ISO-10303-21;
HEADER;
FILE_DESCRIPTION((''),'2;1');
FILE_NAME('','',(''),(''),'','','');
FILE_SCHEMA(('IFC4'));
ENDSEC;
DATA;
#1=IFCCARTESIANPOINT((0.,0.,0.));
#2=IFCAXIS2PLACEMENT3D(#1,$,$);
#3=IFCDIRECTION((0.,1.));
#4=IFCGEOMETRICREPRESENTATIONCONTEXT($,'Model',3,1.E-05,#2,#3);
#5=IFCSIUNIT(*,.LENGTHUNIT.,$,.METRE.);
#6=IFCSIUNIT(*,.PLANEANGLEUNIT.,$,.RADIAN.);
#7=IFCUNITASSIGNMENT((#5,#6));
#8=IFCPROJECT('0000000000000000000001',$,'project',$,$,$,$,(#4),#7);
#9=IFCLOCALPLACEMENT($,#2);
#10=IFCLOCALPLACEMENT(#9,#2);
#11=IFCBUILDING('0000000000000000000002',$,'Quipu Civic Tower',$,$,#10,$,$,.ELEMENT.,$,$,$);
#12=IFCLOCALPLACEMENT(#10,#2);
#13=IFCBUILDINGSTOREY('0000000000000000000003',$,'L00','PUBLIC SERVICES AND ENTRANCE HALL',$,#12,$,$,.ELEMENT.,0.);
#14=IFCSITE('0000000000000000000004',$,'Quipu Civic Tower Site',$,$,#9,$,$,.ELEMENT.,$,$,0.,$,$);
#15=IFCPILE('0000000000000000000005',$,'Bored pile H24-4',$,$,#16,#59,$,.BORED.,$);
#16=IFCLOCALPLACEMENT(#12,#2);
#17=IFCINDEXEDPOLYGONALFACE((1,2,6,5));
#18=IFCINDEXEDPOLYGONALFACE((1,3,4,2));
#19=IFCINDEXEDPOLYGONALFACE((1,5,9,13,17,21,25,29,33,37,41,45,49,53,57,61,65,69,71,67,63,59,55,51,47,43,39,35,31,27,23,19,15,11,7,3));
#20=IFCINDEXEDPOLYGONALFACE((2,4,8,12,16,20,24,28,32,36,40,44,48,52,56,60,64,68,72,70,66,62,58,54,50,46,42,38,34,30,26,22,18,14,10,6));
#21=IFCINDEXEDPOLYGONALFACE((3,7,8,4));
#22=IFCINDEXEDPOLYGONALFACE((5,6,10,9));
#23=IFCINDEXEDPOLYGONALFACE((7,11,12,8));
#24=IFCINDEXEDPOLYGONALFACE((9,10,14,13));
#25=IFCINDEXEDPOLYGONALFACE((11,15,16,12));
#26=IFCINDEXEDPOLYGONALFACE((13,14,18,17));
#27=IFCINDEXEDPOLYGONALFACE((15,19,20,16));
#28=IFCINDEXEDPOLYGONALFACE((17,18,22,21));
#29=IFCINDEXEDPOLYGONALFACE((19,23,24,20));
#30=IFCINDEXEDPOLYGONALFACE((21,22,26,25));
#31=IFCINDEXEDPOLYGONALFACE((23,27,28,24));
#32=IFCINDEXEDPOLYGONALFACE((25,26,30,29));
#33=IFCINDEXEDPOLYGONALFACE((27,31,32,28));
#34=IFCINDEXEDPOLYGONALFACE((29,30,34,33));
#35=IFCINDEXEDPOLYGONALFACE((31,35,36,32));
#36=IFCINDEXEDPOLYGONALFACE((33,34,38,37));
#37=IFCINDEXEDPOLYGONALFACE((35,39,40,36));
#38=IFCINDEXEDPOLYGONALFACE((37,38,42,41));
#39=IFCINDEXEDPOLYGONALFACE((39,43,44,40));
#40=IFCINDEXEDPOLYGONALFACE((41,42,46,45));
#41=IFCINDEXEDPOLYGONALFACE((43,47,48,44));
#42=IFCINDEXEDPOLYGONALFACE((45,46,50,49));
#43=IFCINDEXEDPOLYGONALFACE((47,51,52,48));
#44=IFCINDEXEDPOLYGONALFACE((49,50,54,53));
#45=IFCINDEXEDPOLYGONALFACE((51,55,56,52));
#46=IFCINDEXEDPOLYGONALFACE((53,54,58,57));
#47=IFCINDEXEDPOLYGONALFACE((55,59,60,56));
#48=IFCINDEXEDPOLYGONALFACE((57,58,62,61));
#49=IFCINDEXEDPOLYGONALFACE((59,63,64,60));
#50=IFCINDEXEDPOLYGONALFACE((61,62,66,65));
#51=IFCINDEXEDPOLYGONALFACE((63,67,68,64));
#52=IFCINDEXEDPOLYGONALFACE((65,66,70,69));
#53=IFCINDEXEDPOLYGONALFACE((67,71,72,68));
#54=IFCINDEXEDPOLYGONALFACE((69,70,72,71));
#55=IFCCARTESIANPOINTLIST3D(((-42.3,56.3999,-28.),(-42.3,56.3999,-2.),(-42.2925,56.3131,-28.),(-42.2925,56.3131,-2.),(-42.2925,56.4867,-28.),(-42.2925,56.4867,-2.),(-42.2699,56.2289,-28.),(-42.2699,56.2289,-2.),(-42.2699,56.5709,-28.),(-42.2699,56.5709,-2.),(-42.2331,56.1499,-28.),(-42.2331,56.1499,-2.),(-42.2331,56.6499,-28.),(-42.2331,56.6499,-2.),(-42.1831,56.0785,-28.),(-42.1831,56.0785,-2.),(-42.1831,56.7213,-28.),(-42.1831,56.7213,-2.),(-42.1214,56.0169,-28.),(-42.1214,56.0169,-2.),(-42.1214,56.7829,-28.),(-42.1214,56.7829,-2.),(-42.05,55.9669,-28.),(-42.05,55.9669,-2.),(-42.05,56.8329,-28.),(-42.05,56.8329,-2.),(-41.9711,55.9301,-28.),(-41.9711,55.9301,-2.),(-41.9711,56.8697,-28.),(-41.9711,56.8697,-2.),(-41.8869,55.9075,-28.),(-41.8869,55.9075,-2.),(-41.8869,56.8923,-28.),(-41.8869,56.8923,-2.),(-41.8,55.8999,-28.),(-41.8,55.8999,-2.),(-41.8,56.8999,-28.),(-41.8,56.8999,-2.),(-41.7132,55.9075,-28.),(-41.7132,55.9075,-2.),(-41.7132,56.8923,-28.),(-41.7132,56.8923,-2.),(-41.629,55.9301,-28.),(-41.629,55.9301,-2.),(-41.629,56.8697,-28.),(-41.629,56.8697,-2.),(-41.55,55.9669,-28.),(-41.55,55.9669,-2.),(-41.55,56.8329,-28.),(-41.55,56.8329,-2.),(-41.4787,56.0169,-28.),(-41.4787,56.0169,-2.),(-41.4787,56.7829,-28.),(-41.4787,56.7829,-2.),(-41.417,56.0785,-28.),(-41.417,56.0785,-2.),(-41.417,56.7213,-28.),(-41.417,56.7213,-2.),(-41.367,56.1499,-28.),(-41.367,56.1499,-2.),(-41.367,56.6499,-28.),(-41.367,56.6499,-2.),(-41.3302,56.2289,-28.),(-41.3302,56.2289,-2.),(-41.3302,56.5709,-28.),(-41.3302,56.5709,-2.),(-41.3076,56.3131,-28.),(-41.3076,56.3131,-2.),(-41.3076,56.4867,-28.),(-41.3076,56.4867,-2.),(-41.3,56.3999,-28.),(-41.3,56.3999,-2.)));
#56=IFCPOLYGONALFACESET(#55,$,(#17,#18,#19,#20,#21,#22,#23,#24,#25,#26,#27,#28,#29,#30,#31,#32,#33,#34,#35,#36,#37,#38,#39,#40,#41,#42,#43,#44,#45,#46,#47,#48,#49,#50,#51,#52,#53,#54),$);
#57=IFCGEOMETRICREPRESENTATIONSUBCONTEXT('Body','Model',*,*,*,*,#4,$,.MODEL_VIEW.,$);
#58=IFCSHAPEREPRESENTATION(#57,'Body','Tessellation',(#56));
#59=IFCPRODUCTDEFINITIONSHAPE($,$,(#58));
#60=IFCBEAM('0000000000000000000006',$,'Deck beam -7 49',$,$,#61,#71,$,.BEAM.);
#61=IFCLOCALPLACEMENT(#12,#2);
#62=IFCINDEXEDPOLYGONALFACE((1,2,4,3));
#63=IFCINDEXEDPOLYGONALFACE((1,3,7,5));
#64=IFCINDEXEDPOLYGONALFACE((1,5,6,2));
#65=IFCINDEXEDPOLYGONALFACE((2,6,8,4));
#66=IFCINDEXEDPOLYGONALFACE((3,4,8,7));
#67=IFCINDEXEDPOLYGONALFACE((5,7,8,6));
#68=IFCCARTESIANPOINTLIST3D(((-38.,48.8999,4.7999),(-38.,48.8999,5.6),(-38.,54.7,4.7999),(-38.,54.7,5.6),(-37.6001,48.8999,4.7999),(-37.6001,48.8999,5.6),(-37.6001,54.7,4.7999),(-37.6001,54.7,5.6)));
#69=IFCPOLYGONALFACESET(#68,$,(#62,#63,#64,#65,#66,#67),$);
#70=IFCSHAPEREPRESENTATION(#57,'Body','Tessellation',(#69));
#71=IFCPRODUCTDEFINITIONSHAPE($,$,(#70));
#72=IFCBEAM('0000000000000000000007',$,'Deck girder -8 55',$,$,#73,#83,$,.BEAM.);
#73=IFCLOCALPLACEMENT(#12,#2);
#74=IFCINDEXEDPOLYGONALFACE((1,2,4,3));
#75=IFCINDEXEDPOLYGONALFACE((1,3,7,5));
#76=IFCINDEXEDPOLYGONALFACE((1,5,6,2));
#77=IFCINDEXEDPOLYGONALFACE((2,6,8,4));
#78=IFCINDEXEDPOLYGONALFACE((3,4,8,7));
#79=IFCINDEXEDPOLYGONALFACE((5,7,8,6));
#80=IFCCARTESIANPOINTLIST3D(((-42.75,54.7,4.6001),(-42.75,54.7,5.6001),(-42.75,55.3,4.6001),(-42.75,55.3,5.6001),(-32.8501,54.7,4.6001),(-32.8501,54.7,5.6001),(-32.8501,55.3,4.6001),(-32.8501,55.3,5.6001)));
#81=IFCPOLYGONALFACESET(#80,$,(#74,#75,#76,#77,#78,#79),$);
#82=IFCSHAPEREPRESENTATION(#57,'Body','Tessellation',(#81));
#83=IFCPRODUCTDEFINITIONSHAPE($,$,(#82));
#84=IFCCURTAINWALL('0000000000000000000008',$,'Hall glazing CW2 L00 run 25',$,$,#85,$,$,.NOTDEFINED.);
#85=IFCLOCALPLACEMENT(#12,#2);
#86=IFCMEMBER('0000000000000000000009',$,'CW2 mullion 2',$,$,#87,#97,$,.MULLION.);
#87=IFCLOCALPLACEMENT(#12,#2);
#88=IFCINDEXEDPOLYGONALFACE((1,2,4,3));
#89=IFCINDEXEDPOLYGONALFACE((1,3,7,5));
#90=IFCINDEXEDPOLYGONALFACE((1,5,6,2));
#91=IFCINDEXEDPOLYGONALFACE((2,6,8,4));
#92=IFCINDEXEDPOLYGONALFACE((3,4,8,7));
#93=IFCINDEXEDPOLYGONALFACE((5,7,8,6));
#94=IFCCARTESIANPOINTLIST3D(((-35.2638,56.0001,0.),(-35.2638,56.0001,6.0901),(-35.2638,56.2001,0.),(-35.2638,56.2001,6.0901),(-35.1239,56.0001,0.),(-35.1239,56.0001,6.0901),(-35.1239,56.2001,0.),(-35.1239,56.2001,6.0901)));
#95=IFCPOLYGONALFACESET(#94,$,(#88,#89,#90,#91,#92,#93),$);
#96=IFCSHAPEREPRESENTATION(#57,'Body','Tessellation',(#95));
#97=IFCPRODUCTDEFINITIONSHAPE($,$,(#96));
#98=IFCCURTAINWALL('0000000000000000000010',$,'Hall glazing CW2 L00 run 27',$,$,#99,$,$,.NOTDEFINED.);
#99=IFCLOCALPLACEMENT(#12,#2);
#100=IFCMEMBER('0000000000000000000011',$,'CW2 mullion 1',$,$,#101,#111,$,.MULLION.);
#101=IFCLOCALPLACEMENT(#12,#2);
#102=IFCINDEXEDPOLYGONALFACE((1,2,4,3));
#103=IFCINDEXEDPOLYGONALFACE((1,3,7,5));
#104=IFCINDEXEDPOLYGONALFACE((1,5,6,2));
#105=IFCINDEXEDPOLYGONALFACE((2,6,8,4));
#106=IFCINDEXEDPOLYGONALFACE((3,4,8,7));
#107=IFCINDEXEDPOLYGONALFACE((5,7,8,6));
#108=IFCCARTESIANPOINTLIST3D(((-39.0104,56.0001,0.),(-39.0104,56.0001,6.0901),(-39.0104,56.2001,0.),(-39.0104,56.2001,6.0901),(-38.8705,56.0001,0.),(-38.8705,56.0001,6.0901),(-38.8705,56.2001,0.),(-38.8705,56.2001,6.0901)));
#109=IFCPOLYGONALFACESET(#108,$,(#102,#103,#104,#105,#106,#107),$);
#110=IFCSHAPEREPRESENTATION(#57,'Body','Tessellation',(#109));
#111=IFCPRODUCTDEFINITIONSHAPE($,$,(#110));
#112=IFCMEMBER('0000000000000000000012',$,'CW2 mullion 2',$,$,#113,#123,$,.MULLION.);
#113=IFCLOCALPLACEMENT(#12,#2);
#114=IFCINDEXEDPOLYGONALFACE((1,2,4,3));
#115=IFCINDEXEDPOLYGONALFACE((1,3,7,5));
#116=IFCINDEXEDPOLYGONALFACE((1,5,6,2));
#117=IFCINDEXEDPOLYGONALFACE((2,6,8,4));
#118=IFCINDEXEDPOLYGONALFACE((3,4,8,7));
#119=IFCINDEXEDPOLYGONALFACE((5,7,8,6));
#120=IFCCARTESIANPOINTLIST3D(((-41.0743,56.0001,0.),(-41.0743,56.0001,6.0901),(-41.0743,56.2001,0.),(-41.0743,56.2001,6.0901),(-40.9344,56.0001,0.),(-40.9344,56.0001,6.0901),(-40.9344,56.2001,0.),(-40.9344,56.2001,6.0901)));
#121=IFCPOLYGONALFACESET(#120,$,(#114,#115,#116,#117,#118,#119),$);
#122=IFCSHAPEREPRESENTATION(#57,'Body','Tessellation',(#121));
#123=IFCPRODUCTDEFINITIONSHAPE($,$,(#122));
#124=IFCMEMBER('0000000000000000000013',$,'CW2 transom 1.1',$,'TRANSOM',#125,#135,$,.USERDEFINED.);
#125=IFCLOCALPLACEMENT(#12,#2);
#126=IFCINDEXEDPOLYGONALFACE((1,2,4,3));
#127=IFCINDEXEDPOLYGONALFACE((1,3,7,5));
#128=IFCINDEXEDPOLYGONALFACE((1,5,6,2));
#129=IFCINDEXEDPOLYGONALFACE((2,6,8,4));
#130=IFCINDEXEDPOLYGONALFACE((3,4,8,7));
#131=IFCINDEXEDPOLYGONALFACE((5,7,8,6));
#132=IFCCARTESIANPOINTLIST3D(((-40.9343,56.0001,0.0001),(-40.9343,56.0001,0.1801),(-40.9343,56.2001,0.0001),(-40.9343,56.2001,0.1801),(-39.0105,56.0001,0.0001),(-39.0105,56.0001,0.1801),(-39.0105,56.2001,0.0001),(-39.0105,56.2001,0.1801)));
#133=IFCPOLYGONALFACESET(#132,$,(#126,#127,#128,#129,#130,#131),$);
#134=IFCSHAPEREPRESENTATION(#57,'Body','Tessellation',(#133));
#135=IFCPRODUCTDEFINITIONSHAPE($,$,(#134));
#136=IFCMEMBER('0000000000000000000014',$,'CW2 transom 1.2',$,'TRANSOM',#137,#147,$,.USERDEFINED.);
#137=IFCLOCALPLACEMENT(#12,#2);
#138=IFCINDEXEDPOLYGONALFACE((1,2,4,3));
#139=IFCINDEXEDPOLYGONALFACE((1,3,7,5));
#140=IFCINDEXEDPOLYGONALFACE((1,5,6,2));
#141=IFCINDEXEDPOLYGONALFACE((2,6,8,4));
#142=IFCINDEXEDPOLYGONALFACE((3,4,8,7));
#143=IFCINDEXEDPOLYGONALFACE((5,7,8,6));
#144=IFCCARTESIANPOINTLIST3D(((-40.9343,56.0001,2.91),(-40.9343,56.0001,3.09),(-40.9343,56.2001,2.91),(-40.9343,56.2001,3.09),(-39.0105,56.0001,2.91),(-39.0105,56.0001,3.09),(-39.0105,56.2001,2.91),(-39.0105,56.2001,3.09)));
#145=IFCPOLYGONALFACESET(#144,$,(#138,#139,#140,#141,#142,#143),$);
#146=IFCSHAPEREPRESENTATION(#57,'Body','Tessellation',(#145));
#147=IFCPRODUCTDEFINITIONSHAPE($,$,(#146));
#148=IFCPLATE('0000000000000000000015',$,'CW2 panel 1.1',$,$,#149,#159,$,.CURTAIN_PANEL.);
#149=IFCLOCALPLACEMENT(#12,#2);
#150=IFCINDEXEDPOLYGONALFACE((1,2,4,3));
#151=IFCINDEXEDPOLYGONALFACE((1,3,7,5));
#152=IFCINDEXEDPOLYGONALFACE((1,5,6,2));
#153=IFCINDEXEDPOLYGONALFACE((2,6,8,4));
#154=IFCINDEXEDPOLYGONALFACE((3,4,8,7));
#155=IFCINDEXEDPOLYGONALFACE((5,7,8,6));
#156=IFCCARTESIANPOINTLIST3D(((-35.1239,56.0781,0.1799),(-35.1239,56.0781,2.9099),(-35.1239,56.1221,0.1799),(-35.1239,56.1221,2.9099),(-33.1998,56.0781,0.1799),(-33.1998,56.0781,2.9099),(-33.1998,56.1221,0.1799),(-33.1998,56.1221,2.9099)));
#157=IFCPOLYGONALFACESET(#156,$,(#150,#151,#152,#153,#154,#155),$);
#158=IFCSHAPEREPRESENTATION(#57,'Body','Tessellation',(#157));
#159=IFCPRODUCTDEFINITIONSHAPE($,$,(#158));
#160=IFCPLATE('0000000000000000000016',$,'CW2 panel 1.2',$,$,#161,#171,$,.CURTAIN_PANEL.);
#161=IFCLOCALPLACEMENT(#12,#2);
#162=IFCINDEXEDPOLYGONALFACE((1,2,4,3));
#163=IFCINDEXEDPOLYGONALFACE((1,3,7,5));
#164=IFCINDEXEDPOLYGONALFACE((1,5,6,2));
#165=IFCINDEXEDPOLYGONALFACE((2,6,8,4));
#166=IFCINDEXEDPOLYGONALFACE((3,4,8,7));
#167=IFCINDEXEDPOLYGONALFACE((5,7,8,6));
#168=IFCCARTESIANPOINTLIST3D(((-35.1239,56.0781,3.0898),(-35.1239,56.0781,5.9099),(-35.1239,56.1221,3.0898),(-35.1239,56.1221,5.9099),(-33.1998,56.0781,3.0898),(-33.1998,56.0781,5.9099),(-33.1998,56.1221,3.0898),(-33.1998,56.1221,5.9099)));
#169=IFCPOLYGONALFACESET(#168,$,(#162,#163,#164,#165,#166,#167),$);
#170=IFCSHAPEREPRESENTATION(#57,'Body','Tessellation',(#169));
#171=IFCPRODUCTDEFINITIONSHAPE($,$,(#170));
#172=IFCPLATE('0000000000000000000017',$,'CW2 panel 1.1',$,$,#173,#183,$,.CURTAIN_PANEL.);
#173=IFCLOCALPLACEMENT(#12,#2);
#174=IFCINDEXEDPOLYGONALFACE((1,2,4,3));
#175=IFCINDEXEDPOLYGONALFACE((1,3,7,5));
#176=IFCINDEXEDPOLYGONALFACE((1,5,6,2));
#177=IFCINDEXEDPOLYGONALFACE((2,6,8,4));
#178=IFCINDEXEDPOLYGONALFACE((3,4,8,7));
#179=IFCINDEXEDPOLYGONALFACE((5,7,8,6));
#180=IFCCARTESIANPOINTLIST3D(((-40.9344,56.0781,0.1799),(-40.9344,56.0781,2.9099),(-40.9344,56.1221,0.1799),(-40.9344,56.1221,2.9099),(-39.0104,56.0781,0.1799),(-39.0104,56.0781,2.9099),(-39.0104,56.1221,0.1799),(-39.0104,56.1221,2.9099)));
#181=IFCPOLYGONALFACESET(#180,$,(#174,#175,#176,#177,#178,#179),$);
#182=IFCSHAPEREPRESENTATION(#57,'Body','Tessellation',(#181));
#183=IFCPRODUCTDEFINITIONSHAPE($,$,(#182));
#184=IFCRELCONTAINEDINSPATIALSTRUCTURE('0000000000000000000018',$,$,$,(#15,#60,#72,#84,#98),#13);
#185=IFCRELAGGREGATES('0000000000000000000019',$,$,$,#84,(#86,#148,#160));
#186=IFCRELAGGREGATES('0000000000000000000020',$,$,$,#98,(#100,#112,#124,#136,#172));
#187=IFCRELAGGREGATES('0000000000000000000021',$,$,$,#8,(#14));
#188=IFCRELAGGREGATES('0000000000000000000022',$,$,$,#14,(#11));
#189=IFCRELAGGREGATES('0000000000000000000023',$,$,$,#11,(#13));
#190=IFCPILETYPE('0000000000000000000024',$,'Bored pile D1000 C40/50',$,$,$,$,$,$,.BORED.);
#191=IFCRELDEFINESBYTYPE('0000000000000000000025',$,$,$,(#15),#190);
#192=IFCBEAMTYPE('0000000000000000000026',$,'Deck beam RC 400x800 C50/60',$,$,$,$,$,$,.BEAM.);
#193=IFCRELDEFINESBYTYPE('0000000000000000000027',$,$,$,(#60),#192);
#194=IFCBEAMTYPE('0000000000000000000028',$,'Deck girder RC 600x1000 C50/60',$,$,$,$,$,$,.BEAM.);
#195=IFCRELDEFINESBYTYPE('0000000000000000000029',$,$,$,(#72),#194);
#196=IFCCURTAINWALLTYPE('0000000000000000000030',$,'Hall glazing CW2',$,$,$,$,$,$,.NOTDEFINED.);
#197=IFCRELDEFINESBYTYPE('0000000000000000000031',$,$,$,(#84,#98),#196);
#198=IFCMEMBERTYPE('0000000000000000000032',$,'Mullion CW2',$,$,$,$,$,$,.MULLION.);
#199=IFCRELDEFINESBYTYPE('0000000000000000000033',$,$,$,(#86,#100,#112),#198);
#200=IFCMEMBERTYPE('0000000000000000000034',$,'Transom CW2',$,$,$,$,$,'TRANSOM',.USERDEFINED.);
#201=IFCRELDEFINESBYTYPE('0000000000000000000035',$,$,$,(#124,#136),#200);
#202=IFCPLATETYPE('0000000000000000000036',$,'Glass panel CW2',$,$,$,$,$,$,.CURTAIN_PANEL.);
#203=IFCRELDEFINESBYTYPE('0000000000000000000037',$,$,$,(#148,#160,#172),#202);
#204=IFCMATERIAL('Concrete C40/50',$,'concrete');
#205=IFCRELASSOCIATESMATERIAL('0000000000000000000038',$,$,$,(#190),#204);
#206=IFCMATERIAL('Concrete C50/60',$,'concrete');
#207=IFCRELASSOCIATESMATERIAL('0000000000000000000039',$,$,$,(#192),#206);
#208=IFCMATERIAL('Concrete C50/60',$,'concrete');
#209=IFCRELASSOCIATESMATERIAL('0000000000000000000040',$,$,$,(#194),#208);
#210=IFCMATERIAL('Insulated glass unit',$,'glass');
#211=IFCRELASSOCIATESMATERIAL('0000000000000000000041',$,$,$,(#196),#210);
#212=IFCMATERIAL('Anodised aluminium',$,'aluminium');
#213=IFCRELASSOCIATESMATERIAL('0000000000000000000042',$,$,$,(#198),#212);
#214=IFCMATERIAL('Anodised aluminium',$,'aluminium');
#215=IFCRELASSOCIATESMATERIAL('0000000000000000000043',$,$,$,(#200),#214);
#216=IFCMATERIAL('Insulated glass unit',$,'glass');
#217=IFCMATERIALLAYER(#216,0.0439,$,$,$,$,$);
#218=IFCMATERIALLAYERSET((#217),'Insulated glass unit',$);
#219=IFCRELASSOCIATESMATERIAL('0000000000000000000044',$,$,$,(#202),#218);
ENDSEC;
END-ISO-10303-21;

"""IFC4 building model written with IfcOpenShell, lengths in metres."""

from ifc_helpers import new_model, si_unit, direction, frame, origin, origin_2d, place, context, subcontext, project, spatial, rectangle, circle, extrude, material, layer, layer_set, material_profile, profile_set, type_object, element, aggregate, save


model = new_model("IFC4")

# Units and contexts
model_context = context("Model", 3, precision=1e-05, world=origin(), true_north=direction((0.0, 1.0)))
body_context = subcontext(model_context, "Body", "Model", "MODEL_VIEW")
ifc_project = project(units=[si_unit("LENGTHUNIT", "METRE"), si_unit("PLANEANGLEUNIT", "RADIAN")], contexts=[model_context])

# Site, building, storey
site_placement = place(None, origin())
site = spatial("IfcSite", under=ifc_project, at=site_placement, Name="Quipu Civic Tower Site", CompositionType="ELEMENT", RefElevation=0.0)
building_placement = place(site_placement, origin())
building = spatial("IfcBuilding", under=site, at=building_placement, Name="Quipu Civic Tower", CompositionType="ELEMENT")
storey_placement = place(building_placement, origin())
storey = spatial("IfcBuildingStorey", under=building, at=storey_placement, Name="L00", Description="PUBLIC SERVICES AND ENTRANCE HALL", CompositionType="ELEMENT", Elevation=0.0)

# Pile
ifc_material_1 = material(Name="Concrete C40/50", Category="concrete")
ifc_material_profile_1 = material_profile(ifc_material_1, circle(Radius=0.5, at=origin_2d()), Name="RCD1000")
ifc_profile_set_1 = profile_set([ifc_material_profile_1], Name="Concrete C40/50")
pile_type = type_object("IfcPileType", Name="Bored pile D1000 C40/50", PredefinedType="BORED", material=ifc_profile_set_1)
for number, where, z_axis, x_axis, name in (
    (1, (-41.8, 56.3999, -2.0), (0.0, 0.0, -1.0), (1.0, 0.0, 0.0), "Bored pile H24-4"),
):
    element("IfcPile", number, at=place(storey_placement, frame(where, z_axis=z_axis, x_axis=x_axis)), inside=storey, type_object=pile_type, Name=name, PredefinedType="BORED", context=body_context, shape_type="SweptSolid", body=[
        extrude(circle(Radius=0.5, at=origin_2d()), origin(), (0.0, 0.0, 1.0), 26.0),
    ])

# Beams
ifc_material_2 = material(Name="Concrete C50/60", Category="concrete")
ifc_material_profile_2 = material_profile(ifc_material_2, rectangle(XDim=0.3999, YDim=0.8, at=origin_2d()), Name="RC400x800")
ifc_profile_set_2 = profile_set([ifc_material_profile_2], Name="Concrete C50/60")
beam_type_1 = type_object("IfcBeamType", Name="Deck beam RC 400x800 C50/60", PredefinedType="BEAM", material=ifc_profile_set_2)
beam_1_placement = place(storey_placement, frame((-37.8, 48.8999, 5.2), z_axis=(0.0, 1.0, 0.0), x_axis=(-1.0, 0.0, 0.0)))
element("IfcBeam", 2, at=beam_1_placement, inside=storey, type_object=beam_type_1, Name="Deck beam -7 49", PredefinedType="BEAM", context=body_context, shape_type="SweptSolid", body=[
    extrude(rectangle(XDim=0.3999, YDim=0.8, at=origin_2d()), origin(), (0.0, 0.0, 1.0), 5.8),
])
ifc_material_3 = material(Name="Concrete C50/60", Category="concrete")
ifc_material_profile_3 = material_profile(ifc_material_3, rectangle(XDim=0.6001, YDim=1.0, at=origin_2d()), Name="RC600x1000")
ifc_profile_set_3 = profile_set([ifc_material_profile_3], Name="Concrete C50/60")
beam_type_2 = type_object("IfcBeamType", Name="Deck girder RC 600x1000 C50/60", PredefinedType="BEAM", material=ifc_profile_set_3)
beam_2_placement = place(storey_placement, frame((-42.75, 55.0, 5.1001), z_axis=(1.0, 0.0, 0.0), x_axis=(0.0, 1.0, 0.0)))
element("IfcBeam", 3, at=beam_2_placement, inside=storey, type_object=beam_type_2, Name="Deck girder -8 55", PredefinedType="BEAM", context=body_context, shape_type="SweptSolid", body=[
    extrude(rectangle(XDim=0.6001, YDim=1.0, at=origin_2d()), origin(), (0.0, 0.0, 1.0), 9.8999),
])

# Curtain wall, member
ifc_material_4 = material(Name="Insulated glass unit", Category="glass")
curtain_wall_type = type_object("IfcCurtainWallType", Name="Hall glazing CW2", PredefinedType="NOTDEFINED", material=ifc_material_4)
curtain_wall_1_placement = place(storey_placement, origin())
curtain_wall_1 = element("IfcCurtainWall", 4, at=curtain_wall_1_placement, inside=storey, type_object=curtain_wall_type, Name="Hall glazing CW2 L00 run 25", PredefinedType="NOTDEFINED")
ifc_material_5 = material(Name="Anodised aluminium", Category="aluminium")
ifc_material_profile_4 = material_profile(ifc_material_5, rectangle(XDim=0.2, YDim=0.1399, at=origin_2d()), Name="RECT 200x140")
ifc_profile_set_4 = profile_set([ifc_material_profile_4], Name="Anodised aluminium")
member_type_1 = type_object("IfcMemberType", Name="Mullion CW2", PredefinedType="MULLION", material=ifc_profile_set_4)
member_1_placement = place(storey_placement, frame((-35.1938, 56.1001, 0.0), z_axis=(0.0, 0.0, 1.0), x_axis=(0.0, -1.0, 0.0)))
member_1 = element("IfcMember", 5, at=member_1_placement, type_object=member_type_1, Name="CW2 mullion 2", PredefinedType="MULLION", context=body_context, shape_type="SweptSolid", body=[
    extrude(rectangle(XDim=0.2, YDim=0.1399, at=origin_2d()), origin(), (0.0, 0.0, 1.0), 6.0901),
])

# Curtain wall, members
curtain_wall_2_placement = place(storey_placement, origin())
curtain_wall_2 = element("IfcCurtainWall", 6, at=curtain_wall_2_placement, inside=storey, type_object=curtain_wall_type, Name="Hall glazing CW2 L00 run 27", PredefinedType="NOTDEFINED")
member_2_placement = place(storey_placement, frame((-38.9404, 56.1001, 0.0), z_axis=(0.0, 0.0, 1.0), x_axis=(0.0, -1.0, 0.0)))
member_2 = element("IfcMember", 7, at=member_2_placement, type_object=member_type_1, Name="CW2 mullion 1", PredefinedType="MULLION", context=body_context, shape_type="SweptSolid", body=[
    extrude(rectangle(XDim=0.2, YDim=0.1399, at=origin_2d()), origin(), (0.0, 0.0, 1.0), 6.0901),
])
member_3_placement = place(storey_placement, frame((-41.0044, 56.1001, 0.0), z_axis=(0.0, 0.0, 1.0), x_axis=(0.0, -1.0, 0.0)))
member_3 = element("IfcMember", 8, at=member_3_placement, type_object=member_type_1, Name="CW2 mullion 2", PredefinedType="MULLION", context=body_context, shape_type="SweptSolid", body=[
    extrude(rectangle(XDim=0.2, YDim=0.1399, at=origin_2d()), origin(), (0.0, 0.0, 1.0), 6.0901),
])
ifc_material_6 = material(Name="Anodised aluminium", Category="aluminium")
ifc_material_profile_5 = material_profile(ifc_material_6, rectangle(XDim=0.2, YDim=0.1799, at=origin_2d()), Name="RECT 200x180")
ifc_profile_set_5 = profile_set([ifc_material_profile_5], Name="Anodised aluminium")
member_type_2 = type_object("IfcMemberType", Name="Transom CW2", ElementType="TRANSOM", PredefinedType="USERDEFINED", material=ifc_profile_set_5)
member_4_placement = place(storey_placement, frame((-39.0105, 56.1001, 0.0901), z_axis=(-1.0, 0.0, 0.0), x_axis=(0.0, -1.0, 0.0)))
member_4 = element("IfcMember", 9, at=member_4_placement, type_object=member_type_2, Name="CW2 transom 1.1", ObjectType="TRANSOM", PredefinedType="USERDEFINED", context=body_context, shape_type="SweptSolid", body=[
    extrude(rectangle(XDim=0.2, YDim=0.1799, at=origin_2d()), origin(), (0.0, 0.0, 1.0), 1.9238),
])
member_5_placement = place(storey_placement, frame((-39.0105, 56.1001, 3.0), z_axis=(-1.0, 0.0, 0.0), x_axis=(0.0, -1.0, 0.0)))
member_5 = element("IfcMember", 10, at=member_5_placement, type_object=member_type_2, Name="CW2 transom 1.2", ObjectType="TRANSOM", PredefinedType="USERDEFINED", context=body_context, shape_type="SweptSolid", body=[
    extrude(rectangle(XDim=0.2, YDim=0.1799, at=origin_2d()), origin(), (0.0, 0.0, 1.0), 1.9238),
])

# Plates
ifc_material_7 = material(Name="Insulated glass unit", Category="glass")
ifc_layer = layer(ifc_material_7, 0.0439)
ifc_layer_set = layer_set([ifc_layer], Name="Insulated glass unit")
plate_type_1 = type_object("IfcPlateType", Name="Glass panel CW2", PredefinedType="CURTAIN_PANEL", material=ifc_layer_set)
plate_1_placement = place(storey_placement, frame((-34.1619, 56.1001, 0.1799), z_axis=(0.0, 0.0, 1.0), x_axis=(-1.0, 0.0, 0.0)))
plate_1 = element("IfcPlate", 11, at=plate_1_placement, type_object=plate_type_1, Name="CW2 panel 1.1", PredefinedType="CURTAIN_PANEL", context=body_context, shape_type="SweptSolid", body=[
    extrude(rectangle(XDim=1.9241, YDim=0.0439, at=origin_2d()), origin(), (0.0, 0.0, 1.0), 2.73),
])
plate_2_placement = place(storey_placement, frame((-34.1619, 56.1001, 3.0898), z_axis=(0.0, 0.0, 1.0), x_axis=(-1.0, 0.0, 0.0)))
plate_2 = element("IfcPlate", 12, at=plate_2_placement, type_object=plate_type_1, Name="CW2 panel 1.2", PredefinedType="CURTAIN_PANEL", context=body_context, shape_type="SweptSolid", body=[
    extrude(rectangle(XDim=1.9241, YDim=0.0439, at=origin_2d()), origin(), (0.0, 0.0, 1.0), 2.8201),
])
aggregate(curtain_wall_1, [member_1, plate_1, plate_2])
plate_3_placement = place(storey_placement, frame((-39.9724, 56.1001, 0.1799), z_axis=(0.0, 0.0, 1.0), x_axis=(-1.0, 0.0, 0.0)))
plate_3 = element("IfcPlate", 13, at=plate_3_placement, type_object=plate_type_1, Name="CW2 panel 1.1", PredefinedType="CURTAIN_PANEL", context=body_context, shape_type="SweptSolid", body=[
    extrude(rectangle(XDim=1.9241, YDim=0.0439, at=origin_2d()), origin(), (0.0, 0.0, 1.0), 2.73),
])
aggregate(curtain_wall_2, [member_2, member_3, member_4, member_5, plate_3])

save(model, "model.ifc")
